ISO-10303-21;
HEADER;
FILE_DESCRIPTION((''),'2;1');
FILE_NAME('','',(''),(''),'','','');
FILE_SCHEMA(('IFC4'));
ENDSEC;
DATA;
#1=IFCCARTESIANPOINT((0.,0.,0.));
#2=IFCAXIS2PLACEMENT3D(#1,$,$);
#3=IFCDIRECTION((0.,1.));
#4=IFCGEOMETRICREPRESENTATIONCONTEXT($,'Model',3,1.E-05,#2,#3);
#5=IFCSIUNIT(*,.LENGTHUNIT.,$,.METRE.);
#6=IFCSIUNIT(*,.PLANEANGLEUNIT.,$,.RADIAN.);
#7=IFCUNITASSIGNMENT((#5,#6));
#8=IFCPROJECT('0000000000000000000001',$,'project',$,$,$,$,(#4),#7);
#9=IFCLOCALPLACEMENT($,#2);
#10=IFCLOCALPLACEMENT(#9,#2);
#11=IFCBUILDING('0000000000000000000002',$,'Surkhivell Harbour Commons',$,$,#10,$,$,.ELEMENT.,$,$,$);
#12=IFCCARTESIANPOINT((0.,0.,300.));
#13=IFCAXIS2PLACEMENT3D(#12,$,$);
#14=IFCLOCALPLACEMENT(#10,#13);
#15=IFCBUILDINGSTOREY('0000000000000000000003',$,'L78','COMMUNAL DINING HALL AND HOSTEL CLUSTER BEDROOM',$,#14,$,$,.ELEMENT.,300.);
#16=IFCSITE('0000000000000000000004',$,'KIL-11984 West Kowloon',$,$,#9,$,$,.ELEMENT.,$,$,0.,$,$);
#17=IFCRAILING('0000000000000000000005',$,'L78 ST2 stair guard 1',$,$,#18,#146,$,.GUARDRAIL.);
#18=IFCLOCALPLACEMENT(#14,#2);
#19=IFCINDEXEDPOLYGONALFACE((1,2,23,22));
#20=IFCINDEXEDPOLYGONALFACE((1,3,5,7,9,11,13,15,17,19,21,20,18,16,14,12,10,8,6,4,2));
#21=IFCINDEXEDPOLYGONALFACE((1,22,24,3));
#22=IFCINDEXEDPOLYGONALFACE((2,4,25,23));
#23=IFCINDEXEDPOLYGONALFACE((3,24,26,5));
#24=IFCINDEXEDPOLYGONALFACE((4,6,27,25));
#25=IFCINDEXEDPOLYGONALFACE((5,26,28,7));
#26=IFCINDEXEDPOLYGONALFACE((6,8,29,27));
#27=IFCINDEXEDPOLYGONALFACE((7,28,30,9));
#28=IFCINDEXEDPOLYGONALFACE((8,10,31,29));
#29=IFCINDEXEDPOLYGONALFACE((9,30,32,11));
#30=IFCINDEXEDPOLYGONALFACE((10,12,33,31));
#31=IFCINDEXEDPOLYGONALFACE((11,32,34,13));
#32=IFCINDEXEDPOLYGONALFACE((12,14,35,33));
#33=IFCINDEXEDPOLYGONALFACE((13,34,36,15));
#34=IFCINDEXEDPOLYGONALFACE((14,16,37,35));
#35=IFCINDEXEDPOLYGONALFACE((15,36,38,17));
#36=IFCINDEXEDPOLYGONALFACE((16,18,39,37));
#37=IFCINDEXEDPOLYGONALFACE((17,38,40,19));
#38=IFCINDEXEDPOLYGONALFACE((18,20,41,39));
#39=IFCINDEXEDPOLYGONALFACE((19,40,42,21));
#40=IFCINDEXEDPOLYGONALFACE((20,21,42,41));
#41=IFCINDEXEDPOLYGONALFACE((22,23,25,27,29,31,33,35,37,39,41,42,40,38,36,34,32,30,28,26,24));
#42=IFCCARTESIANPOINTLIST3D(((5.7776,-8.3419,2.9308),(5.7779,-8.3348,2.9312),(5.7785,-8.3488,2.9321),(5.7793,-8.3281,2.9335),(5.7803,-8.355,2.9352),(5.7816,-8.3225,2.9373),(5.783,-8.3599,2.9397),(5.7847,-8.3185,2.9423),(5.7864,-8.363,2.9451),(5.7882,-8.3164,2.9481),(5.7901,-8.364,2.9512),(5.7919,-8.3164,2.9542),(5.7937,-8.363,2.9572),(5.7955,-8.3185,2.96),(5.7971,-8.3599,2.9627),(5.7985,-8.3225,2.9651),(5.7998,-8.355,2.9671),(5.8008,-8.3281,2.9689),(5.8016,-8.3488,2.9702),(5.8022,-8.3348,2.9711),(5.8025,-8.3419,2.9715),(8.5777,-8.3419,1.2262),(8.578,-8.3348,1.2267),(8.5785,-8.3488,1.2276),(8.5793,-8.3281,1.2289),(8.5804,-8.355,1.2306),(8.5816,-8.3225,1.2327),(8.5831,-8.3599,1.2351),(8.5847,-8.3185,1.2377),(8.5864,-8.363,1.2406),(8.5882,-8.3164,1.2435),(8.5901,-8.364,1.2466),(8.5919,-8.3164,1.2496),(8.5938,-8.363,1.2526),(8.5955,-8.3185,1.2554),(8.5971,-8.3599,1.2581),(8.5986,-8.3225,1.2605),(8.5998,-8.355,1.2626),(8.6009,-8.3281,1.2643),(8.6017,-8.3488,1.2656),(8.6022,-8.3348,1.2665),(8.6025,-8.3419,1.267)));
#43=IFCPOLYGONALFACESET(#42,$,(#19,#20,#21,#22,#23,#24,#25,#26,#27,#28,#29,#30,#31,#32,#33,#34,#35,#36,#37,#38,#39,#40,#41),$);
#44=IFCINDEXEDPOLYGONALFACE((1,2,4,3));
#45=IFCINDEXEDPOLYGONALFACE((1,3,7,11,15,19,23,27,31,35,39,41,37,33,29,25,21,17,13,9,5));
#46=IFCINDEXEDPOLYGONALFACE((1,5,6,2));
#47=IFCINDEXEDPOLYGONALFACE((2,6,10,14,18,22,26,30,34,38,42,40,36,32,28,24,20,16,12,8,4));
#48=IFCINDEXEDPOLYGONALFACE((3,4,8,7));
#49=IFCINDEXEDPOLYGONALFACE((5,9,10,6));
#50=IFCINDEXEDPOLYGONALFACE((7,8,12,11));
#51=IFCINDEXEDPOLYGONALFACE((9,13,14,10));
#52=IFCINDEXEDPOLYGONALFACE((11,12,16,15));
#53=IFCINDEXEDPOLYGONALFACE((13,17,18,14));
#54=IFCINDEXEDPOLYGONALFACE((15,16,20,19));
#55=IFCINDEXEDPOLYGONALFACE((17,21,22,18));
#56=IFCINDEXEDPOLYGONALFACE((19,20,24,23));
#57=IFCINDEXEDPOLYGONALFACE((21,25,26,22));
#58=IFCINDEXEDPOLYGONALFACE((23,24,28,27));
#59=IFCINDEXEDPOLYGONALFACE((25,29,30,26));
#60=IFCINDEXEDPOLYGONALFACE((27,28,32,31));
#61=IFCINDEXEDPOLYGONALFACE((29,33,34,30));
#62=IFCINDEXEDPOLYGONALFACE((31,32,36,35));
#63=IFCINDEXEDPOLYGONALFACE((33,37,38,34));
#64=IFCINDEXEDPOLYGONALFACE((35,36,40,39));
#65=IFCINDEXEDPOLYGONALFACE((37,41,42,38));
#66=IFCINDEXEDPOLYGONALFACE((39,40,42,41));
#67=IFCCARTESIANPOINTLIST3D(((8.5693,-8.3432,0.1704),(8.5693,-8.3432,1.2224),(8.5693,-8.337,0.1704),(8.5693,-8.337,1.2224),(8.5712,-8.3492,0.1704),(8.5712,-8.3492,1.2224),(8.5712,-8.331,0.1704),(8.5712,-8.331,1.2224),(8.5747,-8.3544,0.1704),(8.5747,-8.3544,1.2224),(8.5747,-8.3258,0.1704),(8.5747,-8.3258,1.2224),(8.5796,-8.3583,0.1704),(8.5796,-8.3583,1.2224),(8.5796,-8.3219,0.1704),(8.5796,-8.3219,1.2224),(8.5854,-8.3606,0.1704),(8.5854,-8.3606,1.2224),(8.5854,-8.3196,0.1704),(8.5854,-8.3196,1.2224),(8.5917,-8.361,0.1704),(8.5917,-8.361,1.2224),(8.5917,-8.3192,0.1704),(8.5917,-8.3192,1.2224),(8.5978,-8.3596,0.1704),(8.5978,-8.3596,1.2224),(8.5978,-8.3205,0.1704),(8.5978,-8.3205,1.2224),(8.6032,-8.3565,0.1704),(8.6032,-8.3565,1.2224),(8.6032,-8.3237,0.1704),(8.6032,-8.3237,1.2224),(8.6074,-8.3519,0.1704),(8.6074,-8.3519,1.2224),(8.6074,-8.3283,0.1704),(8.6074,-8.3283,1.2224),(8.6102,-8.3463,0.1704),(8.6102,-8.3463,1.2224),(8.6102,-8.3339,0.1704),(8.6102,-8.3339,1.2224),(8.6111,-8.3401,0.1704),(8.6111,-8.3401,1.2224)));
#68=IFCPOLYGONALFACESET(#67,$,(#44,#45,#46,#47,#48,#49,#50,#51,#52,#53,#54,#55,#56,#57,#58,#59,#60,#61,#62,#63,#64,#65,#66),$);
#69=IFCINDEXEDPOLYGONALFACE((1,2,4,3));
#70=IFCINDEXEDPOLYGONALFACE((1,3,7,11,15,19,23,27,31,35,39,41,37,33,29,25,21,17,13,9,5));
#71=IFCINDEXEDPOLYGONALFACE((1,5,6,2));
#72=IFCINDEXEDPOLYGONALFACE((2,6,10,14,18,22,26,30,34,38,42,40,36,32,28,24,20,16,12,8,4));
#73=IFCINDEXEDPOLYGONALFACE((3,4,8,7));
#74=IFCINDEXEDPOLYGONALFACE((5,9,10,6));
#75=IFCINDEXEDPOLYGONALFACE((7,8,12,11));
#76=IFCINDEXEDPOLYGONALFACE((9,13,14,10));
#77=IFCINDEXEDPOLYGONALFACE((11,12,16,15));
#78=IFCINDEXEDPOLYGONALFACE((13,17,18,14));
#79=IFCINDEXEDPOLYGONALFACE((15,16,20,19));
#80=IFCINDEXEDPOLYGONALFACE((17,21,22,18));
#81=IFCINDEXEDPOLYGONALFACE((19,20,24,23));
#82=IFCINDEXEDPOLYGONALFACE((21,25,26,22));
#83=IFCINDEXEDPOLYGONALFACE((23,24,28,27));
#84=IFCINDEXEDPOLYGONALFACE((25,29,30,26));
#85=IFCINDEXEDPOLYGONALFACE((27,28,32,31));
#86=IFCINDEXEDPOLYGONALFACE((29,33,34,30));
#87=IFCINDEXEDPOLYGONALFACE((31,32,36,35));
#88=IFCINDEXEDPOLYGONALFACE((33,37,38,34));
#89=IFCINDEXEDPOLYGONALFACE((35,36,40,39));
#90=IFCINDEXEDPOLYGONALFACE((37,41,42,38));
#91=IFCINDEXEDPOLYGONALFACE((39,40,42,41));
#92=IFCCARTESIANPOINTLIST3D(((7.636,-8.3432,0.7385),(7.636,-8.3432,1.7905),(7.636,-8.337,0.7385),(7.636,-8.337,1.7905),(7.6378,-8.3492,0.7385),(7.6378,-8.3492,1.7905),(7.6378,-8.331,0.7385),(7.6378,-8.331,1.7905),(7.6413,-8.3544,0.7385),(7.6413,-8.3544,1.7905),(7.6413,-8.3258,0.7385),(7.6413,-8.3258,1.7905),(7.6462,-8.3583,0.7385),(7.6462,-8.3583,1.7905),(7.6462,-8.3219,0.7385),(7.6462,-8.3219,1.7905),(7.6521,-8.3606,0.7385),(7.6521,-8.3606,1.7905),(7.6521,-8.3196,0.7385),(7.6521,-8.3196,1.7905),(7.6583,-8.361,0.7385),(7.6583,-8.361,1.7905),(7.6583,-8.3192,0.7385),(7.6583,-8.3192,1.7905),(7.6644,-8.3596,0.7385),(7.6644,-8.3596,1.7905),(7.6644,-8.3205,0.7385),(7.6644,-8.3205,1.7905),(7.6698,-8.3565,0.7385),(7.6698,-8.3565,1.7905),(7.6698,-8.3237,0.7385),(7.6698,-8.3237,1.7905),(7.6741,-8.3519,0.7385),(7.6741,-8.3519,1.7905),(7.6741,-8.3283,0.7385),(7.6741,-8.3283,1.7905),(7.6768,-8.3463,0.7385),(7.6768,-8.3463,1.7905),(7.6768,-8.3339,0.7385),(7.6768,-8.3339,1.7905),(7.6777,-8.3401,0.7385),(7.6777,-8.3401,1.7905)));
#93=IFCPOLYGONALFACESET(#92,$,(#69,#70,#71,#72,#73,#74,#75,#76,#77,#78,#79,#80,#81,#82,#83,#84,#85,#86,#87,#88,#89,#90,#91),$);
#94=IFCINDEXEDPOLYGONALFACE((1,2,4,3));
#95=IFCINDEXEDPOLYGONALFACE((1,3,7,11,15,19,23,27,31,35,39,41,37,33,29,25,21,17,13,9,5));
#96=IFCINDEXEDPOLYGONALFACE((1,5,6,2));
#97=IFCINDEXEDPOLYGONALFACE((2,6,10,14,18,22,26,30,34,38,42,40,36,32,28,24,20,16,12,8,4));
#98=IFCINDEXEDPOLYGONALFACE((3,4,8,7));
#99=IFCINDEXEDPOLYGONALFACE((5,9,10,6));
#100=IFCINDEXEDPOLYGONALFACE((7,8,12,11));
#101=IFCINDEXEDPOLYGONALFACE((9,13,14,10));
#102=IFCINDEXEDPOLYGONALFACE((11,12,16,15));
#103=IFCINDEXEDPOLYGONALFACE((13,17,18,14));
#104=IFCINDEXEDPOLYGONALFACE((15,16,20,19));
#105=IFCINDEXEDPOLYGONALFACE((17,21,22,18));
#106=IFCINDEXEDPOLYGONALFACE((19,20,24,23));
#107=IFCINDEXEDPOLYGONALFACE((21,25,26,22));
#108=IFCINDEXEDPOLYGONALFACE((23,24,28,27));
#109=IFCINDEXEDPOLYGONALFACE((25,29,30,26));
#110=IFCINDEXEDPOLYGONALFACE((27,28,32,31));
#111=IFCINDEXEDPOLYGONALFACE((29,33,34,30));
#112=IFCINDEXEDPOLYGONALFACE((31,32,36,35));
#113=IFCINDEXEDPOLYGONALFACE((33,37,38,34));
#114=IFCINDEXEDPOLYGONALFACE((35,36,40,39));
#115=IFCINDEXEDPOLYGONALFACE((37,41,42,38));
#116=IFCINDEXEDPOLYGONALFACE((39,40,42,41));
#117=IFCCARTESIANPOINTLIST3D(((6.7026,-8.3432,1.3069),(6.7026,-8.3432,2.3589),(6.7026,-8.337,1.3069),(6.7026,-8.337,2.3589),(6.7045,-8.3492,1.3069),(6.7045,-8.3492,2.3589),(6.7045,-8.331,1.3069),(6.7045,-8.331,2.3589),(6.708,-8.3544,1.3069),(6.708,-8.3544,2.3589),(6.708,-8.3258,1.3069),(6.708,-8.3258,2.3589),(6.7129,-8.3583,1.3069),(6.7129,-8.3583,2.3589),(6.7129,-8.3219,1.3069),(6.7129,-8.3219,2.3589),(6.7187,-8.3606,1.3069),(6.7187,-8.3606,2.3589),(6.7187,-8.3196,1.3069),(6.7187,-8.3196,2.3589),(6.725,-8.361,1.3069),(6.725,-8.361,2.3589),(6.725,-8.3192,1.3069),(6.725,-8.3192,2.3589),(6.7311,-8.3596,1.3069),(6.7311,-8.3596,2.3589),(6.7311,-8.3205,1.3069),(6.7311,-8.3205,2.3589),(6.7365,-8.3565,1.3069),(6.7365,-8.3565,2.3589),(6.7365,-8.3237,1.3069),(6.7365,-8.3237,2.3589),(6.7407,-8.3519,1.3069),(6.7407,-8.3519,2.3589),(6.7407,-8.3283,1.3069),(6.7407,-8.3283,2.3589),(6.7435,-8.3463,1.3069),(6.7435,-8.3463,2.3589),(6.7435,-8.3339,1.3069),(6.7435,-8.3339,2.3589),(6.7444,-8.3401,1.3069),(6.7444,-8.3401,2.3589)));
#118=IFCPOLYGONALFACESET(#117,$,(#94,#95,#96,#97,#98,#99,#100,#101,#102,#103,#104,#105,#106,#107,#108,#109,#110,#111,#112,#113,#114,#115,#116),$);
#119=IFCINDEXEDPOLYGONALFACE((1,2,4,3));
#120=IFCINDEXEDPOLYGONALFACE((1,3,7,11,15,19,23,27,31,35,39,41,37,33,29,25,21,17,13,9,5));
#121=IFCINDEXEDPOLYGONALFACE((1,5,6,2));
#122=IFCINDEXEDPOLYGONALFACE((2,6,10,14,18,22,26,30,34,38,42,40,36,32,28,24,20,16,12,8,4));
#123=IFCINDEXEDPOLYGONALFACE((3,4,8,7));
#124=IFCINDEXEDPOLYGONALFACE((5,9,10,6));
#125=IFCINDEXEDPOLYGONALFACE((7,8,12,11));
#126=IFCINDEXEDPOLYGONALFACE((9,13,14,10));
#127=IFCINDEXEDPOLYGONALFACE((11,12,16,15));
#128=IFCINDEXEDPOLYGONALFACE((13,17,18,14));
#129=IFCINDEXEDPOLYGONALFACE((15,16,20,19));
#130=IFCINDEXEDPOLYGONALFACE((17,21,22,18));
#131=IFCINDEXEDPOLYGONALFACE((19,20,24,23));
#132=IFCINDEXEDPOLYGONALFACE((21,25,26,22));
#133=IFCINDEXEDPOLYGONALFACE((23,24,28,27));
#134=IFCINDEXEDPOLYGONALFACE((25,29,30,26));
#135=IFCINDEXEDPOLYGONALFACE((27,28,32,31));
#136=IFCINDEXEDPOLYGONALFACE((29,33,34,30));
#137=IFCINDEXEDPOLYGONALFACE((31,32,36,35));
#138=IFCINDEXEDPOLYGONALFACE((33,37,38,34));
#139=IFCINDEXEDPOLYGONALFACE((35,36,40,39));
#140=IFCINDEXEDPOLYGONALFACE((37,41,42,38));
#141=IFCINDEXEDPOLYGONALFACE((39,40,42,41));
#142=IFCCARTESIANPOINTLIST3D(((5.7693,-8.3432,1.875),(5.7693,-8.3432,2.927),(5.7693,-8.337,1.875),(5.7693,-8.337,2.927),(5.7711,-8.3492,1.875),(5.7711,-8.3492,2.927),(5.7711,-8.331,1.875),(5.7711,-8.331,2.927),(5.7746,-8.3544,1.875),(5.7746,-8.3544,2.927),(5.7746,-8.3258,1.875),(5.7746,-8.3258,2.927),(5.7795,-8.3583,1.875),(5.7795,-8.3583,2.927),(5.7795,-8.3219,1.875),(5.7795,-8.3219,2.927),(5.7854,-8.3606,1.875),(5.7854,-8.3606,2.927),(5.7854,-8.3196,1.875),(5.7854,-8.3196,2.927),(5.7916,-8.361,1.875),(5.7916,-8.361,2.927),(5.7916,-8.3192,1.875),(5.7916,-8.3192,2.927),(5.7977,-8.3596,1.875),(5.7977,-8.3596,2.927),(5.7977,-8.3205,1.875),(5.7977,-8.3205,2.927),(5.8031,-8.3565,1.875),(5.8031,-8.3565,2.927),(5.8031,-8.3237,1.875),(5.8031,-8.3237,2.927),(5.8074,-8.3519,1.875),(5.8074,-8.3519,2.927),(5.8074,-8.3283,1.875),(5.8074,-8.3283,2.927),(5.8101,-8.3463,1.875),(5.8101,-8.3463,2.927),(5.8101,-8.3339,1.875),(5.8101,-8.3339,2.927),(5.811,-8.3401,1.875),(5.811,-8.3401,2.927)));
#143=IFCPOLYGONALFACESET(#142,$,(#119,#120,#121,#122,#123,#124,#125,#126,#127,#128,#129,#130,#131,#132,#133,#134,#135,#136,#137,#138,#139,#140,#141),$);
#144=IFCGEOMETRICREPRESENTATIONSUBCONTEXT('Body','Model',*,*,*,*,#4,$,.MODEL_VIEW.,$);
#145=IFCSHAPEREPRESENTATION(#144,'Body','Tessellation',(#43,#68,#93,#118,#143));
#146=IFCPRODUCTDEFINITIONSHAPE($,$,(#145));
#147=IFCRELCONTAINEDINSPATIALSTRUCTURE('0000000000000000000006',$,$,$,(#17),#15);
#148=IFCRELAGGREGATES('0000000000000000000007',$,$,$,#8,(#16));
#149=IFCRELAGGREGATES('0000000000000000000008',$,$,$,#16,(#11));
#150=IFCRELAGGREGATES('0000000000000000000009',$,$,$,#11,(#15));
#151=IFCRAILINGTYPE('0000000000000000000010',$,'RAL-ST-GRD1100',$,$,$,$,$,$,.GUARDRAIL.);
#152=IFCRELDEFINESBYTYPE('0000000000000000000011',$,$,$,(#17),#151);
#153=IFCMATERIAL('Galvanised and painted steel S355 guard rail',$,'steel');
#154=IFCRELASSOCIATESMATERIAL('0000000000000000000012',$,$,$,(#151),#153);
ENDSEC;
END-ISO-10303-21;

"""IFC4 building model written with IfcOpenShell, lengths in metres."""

from ifc_helpers import new_model, si_unit, direction, frame, origin, origin_2d, place, context, subcontext, project, spatial, circle, extrude, material, type_object, element, save


model = new_model("IFC4")

# Units and contexts
model_context = context("Model", 3, precision=1e-05, world=origin(), true_north=direction((0.0, 1.0)))
body_context = subcontext(model_context, "Body", "Model", "MODEL_VIEW")
ifc_project = project(units=[si_unit("LENGTHUNIT", "METRE"), si_unit("PLANEANGLEUNIT", "RADIAN")], contexts=[model_context])

# Site, building, storey
site_placement = place(None, origin())
site = spatial("IfcSite", under=ifc_project, at=site_placement, Name="KIL-11984 West Kowloon", CompositionType="ELEMENT", RefElevation=0.0)
building_placement = place(site_placement, origin())
building = spatial("IfcBuilding", under=site, at=building_placement, Name="Surkhivell Harbour Commons", CompositionType="ELEMENT")
storey_placement = place(building_placement, frame((0.0, 0.0, 300.0)))
storey = spatial("IfcBuildingStorey", under=building, at=storey_placement, Name="L78", Description="COMMUNAL DINING HALL AND HOSTEL CLUSTER BEDROOM", CompositionType="ELEMENT", Elevation=300.0)

# Railing
ifc_material_1 = material(Name="Galvanised and painted steel S355 guard rail", Category="steel")
railing_type_1 = type_object("IfcRailingType", Name="RAL-ST-GRD1100", PredefinedType="GUARDRAIL", material=ifc_material_1)
railing_1_placement = place(storey_placement, frame((8.5901, -8.3401, 0.1704)))
element("IfcRailing", 1, at=railing_1_placement, inside=storey, type_object=railing_type_1, Name="L78 ST2 stair guard 1", PredefinedType="GUARDRAIL", context=body_context, shape_type="SweptSolid", body=[
    extrude(circle(Radius=0.0239, at=origin_2d()), frame((0.0, 0.0, 1.0762), z_axis=(-0.85417, 0.0, 0.519994), x_axis=(0.0, -1.0, 0.0)), (0.0, 0.0, 1.0), 3.2781),
    extrude(circle(Radius=0.021, at=origin_2d()), origin(), (0.0, 0.0, 1.0), 1.052),
    extrude(circle(Radius=0.021, at=origin_2d()), frame((-0.9333, 0.0, 0.5681)), (0.0, 0.0, 1.0), 1.052),
    extrude(circle(Radius=0.021, at=origin_2d()), frame((-1.8667, 0.0, 1.1365)), (0.0, 0.0, 1.0), 1.052),
    extrude(circle(Radius=0.021, at=origin_2d()), frame((-2.8, 0.0, 1.7046)), (0.0, 0.0, 1.0), 1.052),
])

save(model, "model.ifc")
